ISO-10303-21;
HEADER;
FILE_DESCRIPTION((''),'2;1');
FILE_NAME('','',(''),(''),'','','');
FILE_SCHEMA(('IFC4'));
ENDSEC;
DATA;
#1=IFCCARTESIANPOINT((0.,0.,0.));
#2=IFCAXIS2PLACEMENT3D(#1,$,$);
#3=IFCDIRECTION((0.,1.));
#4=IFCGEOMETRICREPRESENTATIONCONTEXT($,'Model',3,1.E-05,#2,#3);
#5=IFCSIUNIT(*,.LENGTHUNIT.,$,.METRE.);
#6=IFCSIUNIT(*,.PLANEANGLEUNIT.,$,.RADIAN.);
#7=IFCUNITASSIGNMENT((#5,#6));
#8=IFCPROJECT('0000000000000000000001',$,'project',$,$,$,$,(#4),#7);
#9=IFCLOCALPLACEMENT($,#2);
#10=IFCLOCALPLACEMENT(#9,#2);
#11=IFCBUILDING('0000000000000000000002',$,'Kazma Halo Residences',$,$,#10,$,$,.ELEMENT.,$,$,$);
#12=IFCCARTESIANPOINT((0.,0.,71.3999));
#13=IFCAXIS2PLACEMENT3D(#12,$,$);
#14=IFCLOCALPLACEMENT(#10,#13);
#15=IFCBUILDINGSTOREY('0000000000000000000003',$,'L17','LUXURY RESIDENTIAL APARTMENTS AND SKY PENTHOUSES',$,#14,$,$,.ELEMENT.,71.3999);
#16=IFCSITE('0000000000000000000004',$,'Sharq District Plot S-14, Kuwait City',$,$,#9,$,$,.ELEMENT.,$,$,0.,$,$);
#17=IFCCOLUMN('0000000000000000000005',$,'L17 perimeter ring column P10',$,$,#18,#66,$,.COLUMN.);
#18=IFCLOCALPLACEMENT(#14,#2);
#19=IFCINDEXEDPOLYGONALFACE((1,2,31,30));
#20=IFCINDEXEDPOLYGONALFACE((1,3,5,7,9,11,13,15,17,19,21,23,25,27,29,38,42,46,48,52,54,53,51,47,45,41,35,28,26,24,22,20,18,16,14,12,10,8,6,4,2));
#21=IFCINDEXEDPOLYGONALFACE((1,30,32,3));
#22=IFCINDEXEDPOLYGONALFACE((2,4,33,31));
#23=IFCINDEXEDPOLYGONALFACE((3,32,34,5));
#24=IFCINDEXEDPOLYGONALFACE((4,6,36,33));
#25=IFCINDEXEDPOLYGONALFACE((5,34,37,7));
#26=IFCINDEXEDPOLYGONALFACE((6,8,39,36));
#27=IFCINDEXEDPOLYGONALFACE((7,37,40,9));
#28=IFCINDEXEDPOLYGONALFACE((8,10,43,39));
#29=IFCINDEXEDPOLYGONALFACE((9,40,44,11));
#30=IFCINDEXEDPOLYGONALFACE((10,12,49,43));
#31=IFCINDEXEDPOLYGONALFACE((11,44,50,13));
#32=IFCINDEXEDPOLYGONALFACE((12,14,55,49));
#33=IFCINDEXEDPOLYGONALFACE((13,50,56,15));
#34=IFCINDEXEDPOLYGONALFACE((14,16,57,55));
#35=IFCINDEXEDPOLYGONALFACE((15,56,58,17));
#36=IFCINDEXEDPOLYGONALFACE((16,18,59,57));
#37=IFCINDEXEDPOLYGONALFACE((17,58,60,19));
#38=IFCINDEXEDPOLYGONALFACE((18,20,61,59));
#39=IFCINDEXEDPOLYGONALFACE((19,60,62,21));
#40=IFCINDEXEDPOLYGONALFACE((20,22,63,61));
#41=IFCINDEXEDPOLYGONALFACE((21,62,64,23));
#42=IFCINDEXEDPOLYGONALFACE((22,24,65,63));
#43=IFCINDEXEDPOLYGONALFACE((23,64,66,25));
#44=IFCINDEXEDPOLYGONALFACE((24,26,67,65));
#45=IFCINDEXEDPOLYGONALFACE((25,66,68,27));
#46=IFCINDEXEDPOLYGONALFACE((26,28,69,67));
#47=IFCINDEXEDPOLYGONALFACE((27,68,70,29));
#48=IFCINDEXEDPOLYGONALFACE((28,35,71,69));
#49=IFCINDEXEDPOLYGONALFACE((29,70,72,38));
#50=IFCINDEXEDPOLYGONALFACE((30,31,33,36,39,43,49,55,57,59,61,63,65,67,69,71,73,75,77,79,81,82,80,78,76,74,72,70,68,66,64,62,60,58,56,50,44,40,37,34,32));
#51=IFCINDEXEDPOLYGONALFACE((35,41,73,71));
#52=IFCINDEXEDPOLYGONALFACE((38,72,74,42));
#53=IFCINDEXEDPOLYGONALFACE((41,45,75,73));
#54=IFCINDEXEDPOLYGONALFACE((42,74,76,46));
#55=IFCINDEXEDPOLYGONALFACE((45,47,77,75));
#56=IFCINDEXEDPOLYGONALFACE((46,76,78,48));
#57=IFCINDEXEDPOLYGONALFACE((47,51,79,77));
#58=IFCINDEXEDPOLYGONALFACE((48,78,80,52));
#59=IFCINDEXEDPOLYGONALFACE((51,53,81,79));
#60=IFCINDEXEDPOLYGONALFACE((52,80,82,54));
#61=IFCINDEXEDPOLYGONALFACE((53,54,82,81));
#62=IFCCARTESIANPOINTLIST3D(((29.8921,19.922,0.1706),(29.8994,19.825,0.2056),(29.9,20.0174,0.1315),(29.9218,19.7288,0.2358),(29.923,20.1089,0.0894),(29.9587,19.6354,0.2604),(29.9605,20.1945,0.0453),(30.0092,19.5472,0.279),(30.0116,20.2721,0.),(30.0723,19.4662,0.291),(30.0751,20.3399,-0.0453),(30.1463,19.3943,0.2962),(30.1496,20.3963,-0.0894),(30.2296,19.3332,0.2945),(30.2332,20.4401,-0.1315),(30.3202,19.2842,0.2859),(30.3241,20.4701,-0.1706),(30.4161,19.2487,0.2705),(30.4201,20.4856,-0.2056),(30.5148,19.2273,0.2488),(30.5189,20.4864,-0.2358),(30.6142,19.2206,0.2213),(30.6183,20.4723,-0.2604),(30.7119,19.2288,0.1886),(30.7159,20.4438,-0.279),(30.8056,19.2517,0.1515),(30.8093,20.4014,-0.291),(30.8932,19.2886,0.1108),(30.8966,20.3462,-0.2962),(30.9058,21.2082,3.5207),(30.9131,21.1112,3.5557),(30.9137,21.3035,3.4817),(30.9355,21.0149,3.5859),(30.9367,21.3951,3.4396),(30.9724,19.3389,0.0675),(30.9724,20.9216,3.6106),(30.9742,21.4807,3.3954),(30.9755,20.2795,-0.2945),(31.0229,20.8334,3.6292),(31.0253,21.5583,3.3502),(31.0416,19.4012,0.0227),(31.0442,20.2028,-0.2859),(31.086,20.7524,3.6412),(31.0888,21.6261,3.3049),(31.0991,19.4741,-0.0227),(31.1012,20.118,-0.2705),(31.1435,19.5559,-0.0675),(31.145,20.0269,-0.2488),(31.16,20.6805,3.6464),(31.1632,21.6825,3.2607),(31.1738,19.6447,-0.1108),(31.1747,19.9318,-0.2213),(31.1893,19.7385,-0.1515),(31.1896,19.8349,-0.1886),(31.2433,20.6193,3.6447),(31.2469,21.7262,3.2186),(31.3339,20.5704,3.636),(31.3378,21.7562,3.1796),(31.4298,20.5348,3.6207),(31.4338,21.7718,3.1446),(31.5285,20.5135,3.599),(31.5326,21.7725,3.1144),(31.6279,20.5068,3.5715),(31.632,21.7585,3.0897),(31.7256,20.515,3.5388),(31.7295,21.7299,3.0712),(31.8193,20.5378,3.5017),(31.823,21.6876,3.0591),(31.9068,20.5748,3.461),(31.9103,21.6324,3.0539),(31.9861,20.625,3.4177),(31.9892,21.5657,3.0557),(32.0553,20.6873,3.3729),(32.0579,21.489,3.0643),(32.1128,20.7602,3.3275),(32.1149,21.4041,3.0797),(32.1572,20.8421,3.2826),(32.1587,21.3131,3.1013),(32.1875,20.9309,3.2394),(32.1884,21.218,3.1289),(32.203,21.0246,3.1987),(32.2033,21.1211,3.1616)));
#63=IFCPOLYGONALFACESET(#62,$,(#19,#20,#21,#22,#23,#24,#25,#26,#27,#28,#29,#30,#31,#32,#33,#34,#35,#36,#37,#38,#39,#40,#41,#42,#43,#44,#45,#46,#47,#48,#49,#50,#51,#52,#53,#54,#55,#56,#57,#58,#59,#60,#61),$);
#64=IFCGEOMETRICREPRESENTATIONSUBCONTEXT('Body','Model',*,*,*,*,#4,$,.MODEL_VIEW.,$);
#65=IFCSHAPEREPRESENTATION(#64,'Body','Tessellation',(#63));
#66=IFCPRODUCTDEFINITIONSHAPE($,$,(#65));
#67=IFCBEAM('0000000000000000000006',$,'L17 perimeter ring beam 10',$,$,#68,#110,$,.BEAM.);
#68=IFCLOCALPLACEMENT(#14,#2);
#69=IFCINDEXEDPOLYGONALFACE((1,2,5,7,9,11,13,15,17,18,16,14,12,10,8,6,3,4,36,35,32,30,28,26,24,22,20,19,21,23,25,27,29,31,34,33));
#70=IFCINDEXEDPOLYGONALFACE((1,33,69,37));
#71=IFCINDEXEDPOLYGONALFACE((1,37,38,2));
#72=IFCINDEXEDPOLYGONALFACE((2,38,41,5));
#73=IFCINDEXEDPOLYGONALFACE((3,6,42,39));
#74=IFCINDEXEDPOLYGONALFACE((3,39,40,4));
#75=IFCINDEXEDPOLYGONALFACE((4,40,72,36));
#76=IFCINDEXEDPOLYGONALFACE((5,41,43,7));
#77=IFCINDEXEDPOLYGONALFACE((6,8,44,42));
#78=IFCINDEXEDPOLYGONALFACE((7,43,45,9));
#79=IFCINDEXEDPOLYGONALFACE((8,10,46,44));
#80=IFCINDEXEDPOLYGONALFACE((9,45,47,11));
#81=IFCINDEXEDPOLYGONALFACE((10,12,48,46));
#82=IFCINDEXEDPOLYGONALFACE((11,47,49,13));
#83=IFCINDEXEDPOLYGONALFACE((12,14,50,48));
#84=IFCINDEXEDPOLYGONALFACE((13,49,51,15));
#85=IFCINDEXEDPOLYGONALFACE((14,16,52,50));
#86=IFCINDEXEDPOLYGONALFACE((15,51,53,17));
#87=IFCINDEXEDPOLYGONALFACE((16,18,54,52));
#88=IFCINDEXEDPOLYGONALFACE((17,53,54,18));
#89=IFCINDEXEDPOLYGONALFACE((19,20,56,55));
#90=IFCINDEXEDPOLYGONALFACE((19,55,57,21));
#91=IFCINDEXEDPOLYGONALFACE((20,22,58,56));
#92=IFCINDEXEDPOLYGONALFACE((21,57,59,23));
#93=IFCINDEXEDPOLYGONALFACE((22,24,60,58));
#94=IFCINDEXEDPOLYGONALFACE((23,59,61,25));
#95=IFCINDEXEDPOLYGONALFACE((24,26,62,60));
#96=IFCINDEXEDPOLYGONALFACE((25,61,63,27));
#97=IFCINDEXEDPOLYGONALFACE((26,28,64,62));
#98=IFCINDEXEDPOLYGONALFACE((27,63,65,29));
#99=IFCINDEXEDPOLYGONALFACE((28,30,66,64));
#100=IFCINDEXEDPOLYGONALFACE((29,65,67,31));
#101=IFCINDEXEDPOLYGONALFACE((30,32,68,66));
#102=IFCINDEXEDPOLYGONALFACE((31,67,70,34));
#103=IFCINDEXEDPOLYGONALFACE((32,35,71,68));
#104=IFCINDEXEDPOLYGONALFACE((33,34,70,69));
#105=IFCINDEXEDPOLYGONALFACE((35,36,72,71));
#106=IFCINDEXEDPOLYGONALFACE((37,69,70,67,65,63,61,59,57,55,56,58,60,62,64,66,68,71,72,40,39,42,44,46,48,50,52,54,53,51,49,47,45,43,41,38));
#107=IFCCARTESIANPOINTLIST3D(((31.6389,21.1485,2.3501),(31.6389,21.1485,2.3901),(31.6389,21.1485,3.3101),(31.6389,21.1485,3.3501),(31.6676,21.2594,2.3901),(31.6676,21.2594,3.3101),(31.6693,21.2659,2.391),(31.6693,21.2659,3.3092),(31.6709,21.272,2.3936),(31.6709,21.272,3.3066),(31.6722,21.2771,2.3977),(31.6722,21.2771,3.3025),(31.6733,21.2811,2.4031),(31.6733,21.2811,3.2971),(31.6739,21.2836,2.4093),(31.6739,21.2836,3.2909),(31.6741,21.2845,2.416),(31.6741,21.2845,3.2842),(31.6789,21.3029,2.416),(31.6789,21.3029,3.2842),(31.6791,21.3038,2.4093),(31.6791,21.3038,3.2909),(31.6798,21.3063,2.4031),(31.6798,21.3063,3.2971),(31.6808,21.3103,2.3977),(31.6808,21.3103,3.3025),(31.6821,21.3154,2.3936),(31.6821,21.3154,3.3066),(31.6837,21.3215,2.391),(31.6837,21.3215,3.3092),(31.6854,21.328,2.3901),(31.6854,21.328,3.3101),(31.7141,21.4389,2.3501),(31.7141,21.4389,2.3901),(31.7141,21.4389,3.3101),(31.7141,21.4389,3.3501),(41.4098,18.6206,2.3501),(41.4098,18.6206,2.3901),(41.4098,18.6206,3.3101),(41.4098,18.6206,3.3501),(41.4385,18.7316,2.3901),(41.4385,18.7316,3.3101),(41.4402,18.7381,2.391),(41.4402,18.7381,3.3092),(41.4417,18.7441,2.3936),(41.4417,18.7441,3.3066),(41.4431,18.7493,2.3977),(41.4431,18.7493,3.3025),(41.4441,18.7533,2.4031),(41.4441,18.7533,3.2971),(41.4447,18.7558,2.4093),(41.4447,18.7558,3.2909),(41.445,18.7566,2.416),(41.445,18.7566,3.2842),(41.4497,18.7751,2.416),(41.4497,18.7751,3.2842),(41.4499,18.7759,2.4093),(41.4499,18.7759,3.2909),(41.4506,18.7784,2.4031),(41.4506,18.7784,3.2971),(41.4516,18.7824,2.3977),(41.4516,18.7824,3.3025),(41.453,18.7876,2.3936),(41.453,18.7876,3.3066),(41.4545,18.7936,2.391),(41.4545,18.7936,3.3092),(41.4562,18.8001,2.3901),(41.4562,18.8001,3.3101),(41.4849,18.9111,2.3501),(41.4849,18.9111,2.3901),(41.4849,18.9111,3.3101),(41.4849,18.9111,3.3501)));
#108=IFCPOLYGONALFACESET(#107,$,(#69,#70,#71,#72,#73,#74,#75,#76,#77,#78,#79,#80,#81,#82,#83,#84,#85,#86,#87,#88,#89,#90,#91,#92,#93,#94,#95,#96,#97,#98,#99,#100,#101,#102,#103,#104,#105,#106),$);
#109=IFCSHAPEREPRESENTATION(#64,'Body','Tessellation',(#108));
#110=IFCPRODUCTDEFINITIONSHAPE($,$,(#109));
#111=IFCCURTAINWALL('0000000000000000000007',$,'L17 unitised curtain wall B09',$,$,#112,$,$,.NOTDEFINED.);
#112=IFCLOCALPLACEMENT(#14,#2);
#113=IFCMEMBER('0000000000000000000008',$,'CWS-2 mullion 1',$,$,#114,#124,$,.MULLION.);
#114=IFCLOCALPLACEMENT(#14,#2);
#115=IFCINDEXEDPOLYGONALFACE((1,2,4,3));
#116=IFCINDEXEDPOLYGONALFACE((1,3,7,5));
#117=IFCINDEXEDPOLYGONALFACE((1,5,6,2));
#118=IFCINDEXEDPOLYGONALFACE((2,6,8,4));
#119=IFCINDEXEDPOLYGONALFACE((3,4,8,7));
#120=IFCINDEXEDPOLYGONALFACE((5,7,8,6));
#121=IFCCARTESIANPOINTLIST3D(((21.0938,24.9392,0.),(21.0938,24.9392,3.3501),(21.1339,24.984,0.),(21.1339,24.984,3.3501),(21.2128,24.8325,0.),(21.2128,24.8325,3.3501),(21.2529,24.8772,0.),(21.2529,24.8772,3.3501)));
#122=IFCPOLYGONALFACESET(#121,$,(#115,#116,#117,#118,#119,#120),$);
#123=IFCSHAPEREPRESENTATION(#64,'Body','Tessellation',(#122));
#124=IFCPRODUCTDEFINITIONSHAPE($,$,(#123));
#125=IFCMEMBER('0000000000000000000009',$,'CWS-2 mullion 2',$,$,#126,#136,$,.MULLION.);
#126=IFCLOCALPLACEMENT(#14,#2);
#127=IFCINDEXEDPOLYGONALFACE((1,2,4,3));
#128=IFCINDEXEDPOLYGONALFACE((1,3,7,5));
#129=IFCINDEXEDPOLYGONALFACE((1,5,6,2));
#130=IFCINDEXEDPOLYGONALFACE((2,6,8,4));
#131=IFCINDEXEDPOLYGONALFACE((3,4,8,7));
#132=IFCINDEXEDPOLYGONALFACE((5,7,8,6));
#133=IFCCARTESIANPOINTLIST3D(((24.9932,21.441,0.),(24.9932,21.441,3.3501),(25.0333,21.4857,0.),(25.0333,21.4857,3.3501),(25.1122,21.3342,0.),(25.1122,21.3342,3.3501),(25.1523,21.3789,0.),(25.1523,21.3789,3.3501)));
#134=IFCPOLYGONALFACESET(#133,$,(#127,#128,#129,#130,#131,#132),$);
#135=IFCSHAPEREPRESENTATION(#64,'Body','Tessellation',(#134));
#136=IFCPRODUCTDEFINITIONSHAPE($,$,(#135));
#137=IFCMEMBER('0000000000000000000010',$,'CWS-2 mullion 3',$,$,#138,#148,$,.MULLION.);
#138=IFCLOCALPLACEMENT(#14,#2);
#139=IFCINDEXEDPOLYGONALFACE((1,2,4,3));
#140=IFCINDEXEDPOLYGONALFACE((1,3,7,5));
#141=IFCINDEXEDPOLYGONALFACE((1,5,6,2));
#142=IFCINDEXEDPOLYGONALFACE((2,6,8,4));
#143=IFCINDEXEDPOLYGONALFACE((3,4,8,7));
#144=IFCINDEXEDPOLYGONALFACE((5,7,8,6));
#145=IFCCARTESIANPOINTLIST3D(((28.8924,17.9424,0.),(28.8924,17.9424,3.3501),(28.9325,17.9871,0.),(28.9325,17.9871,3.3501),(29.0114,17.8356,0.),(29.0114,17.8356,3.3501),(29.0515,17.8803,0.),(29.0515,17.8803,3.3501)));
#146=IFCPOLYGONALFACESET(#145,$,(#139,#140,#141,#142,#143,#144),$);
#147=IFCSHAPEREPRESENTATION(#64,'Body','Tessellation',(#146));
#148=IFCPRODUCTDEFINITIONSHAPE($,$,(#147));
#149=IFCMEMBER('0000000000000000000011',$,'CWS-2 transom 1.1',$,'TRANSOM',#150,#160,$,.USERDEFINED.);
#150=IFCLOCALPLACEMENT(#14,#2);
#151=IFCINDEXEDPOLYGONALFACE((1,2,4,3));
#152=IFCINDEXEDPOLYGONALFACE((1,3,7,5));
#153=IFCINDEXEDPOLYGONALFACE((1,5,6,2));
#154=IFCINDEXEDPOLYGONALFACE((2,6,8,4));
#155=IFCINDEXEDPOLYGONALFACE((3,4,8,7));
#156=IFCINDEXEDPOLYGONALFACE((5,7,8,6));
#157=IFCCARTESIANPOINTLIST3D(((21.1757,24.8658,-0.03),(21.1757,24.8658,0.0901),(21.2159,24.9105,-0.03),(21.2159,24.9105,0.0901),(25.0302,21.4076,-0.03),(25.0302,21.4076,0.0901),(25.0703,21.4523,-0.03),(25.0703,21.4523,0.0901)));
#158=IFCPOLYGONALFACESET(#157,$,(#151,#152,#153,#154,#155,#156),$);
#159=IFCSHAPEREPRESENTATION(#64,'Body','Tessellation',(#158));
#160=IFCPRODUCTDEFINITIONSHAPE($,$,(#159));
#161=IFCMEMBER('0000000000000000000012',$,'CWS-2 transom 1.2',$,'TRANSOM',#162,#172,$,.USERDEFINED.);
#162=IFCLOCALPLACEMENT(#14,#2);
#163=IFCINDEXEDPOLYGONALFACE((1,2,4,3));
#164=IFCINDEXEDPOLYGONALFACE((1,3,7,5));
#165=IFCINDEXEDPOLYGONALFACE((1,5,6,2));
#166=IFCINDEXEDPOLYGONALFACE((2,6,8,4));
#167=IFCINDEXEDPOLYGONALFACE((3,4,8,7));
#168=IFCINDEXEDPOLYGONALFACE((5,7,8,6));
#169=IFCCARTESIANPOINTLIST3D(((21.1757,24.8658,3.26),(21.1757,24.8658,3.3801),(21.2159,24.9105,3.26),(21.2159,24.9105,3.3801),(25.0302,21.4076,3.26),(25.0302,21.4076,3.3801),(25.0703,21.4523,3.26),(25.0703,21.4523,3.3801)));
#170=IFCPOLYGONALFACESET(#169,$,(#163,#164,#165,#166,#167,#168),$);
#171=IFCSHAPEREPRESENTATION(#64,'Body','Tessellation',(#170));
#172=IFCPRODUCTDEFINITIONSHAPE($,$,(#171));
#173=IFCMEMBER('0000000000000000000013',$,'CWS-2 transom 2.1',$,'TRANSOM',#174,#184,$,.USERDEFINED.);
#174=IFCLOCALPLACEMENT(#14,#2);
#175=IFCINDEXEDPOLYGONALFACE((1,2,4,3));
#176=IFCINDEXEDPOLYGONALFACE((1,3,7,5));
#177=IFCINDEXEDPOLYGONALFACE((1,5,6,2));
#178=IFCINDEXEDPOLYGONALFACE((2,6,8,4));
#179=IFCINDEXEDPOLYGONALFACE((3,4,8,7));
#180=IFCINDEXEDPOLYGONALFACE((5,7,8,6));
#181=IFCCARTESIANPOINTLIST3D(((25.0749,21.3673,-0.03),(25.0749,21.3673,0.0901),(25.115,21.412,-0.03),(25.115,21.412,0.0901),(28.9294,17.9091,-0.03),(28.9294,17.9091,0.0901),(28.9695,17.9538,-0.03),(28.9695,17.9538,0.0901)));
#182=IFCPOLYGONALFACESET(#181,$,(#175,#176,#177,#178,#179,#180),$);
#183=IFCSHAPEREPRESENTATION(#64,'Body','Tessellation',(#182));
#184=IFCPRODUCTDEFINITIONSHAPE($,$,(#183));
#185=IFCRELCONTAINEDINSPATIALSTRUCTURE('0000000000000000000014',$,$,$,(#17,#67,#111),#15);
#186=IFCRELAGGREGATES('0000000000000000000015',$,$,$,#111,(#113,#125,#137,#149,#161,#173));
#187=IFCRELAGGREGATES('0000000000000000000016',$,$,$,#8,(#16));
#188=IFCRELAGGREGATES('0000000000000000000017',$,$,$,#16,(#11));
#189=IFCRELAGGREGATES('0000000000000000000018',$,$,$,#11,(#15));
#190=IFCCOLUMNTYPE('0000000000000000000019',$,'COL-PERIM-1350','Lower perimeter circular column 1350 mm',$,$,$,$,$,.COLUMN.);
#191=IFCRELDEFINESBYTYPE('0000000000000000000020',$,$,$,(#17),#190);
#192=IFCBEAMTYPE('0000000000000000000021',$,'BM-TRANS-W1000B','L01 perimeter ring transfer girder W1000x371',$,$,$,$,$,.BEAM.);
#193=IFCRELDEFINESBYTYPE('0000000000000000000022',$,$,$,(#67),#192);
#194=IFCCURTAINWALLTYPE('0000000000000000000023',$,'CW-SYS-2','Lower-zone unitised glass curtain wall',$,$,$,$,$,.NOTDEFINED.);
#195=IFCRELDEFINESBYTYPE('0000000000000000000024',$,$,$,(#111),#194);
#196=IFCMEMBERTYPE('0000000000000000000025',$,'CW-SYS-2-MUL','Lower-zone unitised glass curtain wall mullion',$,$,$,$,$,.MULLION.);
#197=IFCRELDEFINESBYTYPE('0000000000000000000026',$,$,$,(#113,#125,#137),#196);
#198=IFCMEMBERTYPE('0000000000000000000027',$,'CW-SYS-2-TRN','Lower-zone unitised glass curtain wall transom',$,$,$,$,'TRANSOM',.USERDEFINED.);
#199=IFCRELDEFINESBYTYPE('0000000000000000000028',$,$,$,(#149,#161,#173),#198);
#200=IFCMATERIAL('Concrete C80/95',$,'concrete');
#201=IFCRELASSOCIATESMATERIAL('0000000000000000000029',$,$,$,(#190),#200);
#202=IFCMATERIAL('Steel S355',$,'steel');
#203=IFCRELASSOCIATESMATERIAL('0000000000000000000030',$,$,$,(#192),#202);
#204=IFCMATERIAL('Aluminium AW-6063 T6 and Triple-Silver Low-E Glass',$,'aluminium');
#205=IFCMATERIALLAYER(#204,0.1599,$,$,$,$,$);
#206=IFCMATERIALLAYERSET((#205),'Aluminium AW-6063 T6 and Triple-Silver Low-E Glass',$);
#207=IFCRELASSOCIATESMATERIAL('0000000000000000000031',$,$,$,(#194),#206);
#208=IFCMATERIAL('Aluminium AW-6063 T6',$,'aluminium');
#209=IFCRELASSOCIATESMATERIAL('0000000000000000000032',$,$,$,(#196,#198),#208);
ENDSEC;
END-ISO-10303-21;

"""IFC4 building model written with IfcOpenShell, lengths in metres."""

from ifc_helpers import new_model, si_unit, direction, frame, origin, origin_2d, place, context, subcontext, project, spatial, rectangle, circle, i_section, extrude, material, layer, layer_set, material_profile, profile_set, type_object, element, aggregate, save


model = new_model("IFC4")

# Units and contexts
model_context = context("Model", 3, precision=1e-05, world=origin(), true_north=direction((0.0, 1.0)))
body_context = subcontext(model_context, "Body", "Model", "MODEL_VIEW")
ifc_project = project(units=[si_unit("LENGTHUNIT", "METRE"), si_unit("PLANEANGLEUNIT", "RADIAN")], contexts=[model_context])

# Site, building, storey
site_placement = place(None, origin())
site = spatial("IfcSite", under=ifc_project, at=site_placement, Name="Sharq District Plot S-14, Kuwait City", CompositionType="ELEMENT", RefElevation=0.0)
building_placement = place(site_placement, origin())
building = spatial("IfcBuilding", under=site, at=building_placement, Name="Kazma Halo Residences", CompositionType="ELEMENT")
storey_placement = place(building_placement, frame((0.0, 0.0, 71.3999)))
storey = spatial("IfcBuildingStorey", under=building, at=storey_placement, Name="L17", Description="LUXURY RESIDENTIAL APARTMENTS AND SKY PENTHOUSES", CompositionType="ELEMENT", Elevation=71.3999)

# Column
ifc_material_1 = material(Name="Concrete C80/95", Category="concrete")
ifc_material_profile_1 = material_profile(ifc_material_1, circle(Radius=0.675, at=origin_2d()), Name="CIRC1350")
ifc_profile_set_1 = profile_set([ifc_material_profile_1], Name="Concrete C80/95")
column_type = type_object("IfcColumnType", Name="COL-PERIM-1350", Description="Lower perimeter circular column 1350 mm", PredefinedType="COLUMN", material=ifc_profile_set_1)
column_placement = place(storey_placement, frame((30.5417, 19.8542, 0.0), z_axis=(0.271841, 0.344908, 0.89841), x_axis=(-0.785386, 0.619006, 0.0)))
element("IfcColumn", 1, at=column_placement, inside=storey, type_object=column_type, Name="L17 perimeter ring column P10", PredefinedType="COLUMN", context=body_context, shape_type="SweptSolid", body=[
    extrude(circle(Radius=0.675, at=origin_2d()), origin(), (0.0, 0.0, 1.0), 3.729),
])

# Beam
ifc_material_2 = material(Name="Steel S355", Category="steel")
ifc_material_profile_2 = material_profile(ifc_material_2, i_section(OverallWidth=0.3, OverallDepth=1.0, WebThickness=0.019, FlangeThickness=0.04, FilletRadius=0.0259, at=origin_2d()), Name="W1000x371")
ifc_profile_set_2 = profile_set([ifc_material_profile_2], Name="Steel S355")
beam_type = type_object("IfcBeamType", Name="BM-TRANS-W1000B", Description="L01 perimeter ring transfer girder W1000x371", PredefinedType="BEAM", material=ifc_profile_set_2)
beam_placement = place(storey_placement, frame((31.6765, 21.2937, 2.8501), z_axis=(0.968125, -0.250468, 0.0), x_axis=(0.250468, 0.968125, 0.0)))
element("IfcBeam", 2, at=beam_placement, inside=storey, type_object=beam_type, Name="L17 perimeter ring beam 10", PredefinedType="BEAM", context=body_context, shape_type="SweptSolid", body=[
    extrude(i_section(OverallWidth=0.3, OverallDepth=1.0, WebThickness=0.019, FlangeThickness=0.04, FilletRadius=0.0259, at=origin_2d()), origin(), (0.0, 0.0, 1.0), 10.0925),
])

# Curtain wall, members
ifc_material_3 = material(Name="Aluminium AW-6063 T6 and Triple-Silver Low-E Glass", Category="aluminium")
ifc_layer_1 = layer(ifc_material_3, 0.1599)
ifc_layer_set_1 = layer_set([ifc_layer_1], Name="Aluminium AW-6063 T6 and Triple-Silver Low-E Glass")
curtain_wall_type = type_object("IfcCurtainWallType", Name="CW-SYS-2", Description="Lower-zone unitised glass curtain wall", PredefinedType="NOTDEFINED", material=ifc_layer_set_1)
curtain_wall_placement = place(storey_placement, origin())
curtain_wall = element("IfcCurtainWall", 3, at=curtain_wall_placement, inside=storey, type_object=curtain_wall_type, Name="L17 unitised curtain wall B09", PredefinedType="NOTDEFINED")
ifc_material_4 = material(Name="Aluminium AW-6063 T6", Category="aluminium")
ifc_material_profile_3 = material_profile(ifc_material_4, rectangle(XDim=0.0601, YDim=0.1599, at=origin_2d()), Name="CWM-60x160")
ifc_profile_set_3 = profile_set([ifc_material_profile_3], Name="Aluminium AW-6063 T6")
member_type_1 = type_object("IfcMemberType", Name="CW-SYS-2-MUL", Description="Lower-zone unitised glass curtain wall mullion", PredefinedType="MULLION", material=ifc_profile_set_3)
member_1_placement = place(storey_placement, frame((21.1733, 24.9082, 0.0), z_axis=(0.0, 0.0, 1.0), x_axis=(0.667821, 0.744322, 0.0)))
member_1 = element("IfcMember", 4, at=member_1_placement, type_object=member_type_1, Name="CWS-2 mullion 1", PredefinedType="MULLION", context=body_context, shape_type="SweptSolid", body=[
    extrude(rectangle(XDim=0.0601, YDim=0.1599, at=origin_2d()), origin(), (0.0, 0.0, 1.0), 3.3501),
])
member_2_placement = place(storey_placement, frame((25.0728, 21.4099, 0.0), z_axis=(0.0, 0.0, 1.0), x_axis=(0.667821, 0.744322, 0.0)))
member_2 = element("IfcMember", 5, at=member_2_placement, type_object=member_type_1, Name="CWS-2 mullion 2", PredefinedType="MULLION", context=body_context, shape_type="SweptSolid", body=[
    extrude(rectangle(XDim=0.0601, YDim=0.1599, at=origin_2d()), origin(), (0.0, 0.0, 1.0), 3.3501),
])
member_3_placement = place(storey_placement, frame((28.9719, 17.9114, 0.0), z_axis=(0.0, 0.0, 1.0), x_axis=(0.667821, 0.744322, 0.0)))
member_3 = element("IfcMember", 6, at=member_3_placement, type_object=member_type_1, Name="CWS-2 mullion 3", PredefinedType="MULLION", context=body_context, shape_type="SweptSolid", body=[
    extrude(rectangle(XDim=0.0601, YDim=0.1599, at=origin_2d()), origin(), (0.0, 0.0, 1.0), 3.3501),
])
ifc_material_profile_4 = material_profile(ifc_material_4, rectangle(XDim=0.0601, YDim=0.1201, at=origin_2d()), Name="CWT-60x120")
ifc_profile_set_4 = profile_set([ifc_material_profile_4], Name="Aluminium AW-6063 T6")
member_type_2 = type_object("IfcMemberType", Name="CW-SYS-2-TRN", Description="Lower-zone unitised glass curtain wall transom", ElementType="TRANSOM", PredefinedType="USERDEFINED", material=ifc_profile_set_4)
member_4_placement = place(storey_placement, frame((21.1958, 24.8882, 0.03), z_axis=(0.744329, -0.667813, 0.0), x_axis=(0.667813, 0.744329, 0.0)))
member_4 = element("IfcMember", 7, at=member_4_placement, type_object=member_type_2, Name="CWS-2 transom 1.1", ObjectType="TRANSOM", PredefinedType="USERDEFINED", context=body_context, shape_type="SweptSolid", body=[
    extrude(rectangle(XDim=0.0601, YDim=0.1201, at=origin_2d()), origin(), (0.0, 0.0, 1.0), 5.1785),
])
member_5_placement = place(storey_placement, frame((21.1958, 24.8882, 3.3201), z_axis=(0.744329, -0.667813, 0.0), x_axis=(0.667813, 0.744329, 0.0)))
member_5 = element("IfcMember", 8, at=member_5_placement, type_object=member_type_2, Name="CWS-2 transom 1.2", ObjectType="TRANSOM", PredefinedType="USERDEFINED", context=body_context, shape_type="SweptSolid", body=[
    extrude(rectangle(XDim=0.0601, YDim=0.1201, at=origin_2d()), origin(), (0.0, 0.0, 1.0), 5.1785),
])
member_6_placement = place(storey_placement, frame((25.095, 21.3896, 0.03), z_axis=(0.744329, -0.667813, 0.0), x_axis=(0.667813, 0.744329, 0.0)))
member_6 = element("IfcMember", 9, at=member_6_placement, type_object=member_type_2, Name="CWS-2 transom 2.1", ObjectType="TRANSOM", PredefinedType="USERDEFINED", context=body_context, shape_type="SweptSolid", body=[
    extrude(rectangle(XDim=0.0601, YDim=0.1201, at=origin_2d()), origin(), (0.0, 0.0, 1.0), 5.1785),
])
aggregate(curtain_wall, [member_1, member_2, member_3, member_4, member_5, member_6])

save(model, "model.ifc")
